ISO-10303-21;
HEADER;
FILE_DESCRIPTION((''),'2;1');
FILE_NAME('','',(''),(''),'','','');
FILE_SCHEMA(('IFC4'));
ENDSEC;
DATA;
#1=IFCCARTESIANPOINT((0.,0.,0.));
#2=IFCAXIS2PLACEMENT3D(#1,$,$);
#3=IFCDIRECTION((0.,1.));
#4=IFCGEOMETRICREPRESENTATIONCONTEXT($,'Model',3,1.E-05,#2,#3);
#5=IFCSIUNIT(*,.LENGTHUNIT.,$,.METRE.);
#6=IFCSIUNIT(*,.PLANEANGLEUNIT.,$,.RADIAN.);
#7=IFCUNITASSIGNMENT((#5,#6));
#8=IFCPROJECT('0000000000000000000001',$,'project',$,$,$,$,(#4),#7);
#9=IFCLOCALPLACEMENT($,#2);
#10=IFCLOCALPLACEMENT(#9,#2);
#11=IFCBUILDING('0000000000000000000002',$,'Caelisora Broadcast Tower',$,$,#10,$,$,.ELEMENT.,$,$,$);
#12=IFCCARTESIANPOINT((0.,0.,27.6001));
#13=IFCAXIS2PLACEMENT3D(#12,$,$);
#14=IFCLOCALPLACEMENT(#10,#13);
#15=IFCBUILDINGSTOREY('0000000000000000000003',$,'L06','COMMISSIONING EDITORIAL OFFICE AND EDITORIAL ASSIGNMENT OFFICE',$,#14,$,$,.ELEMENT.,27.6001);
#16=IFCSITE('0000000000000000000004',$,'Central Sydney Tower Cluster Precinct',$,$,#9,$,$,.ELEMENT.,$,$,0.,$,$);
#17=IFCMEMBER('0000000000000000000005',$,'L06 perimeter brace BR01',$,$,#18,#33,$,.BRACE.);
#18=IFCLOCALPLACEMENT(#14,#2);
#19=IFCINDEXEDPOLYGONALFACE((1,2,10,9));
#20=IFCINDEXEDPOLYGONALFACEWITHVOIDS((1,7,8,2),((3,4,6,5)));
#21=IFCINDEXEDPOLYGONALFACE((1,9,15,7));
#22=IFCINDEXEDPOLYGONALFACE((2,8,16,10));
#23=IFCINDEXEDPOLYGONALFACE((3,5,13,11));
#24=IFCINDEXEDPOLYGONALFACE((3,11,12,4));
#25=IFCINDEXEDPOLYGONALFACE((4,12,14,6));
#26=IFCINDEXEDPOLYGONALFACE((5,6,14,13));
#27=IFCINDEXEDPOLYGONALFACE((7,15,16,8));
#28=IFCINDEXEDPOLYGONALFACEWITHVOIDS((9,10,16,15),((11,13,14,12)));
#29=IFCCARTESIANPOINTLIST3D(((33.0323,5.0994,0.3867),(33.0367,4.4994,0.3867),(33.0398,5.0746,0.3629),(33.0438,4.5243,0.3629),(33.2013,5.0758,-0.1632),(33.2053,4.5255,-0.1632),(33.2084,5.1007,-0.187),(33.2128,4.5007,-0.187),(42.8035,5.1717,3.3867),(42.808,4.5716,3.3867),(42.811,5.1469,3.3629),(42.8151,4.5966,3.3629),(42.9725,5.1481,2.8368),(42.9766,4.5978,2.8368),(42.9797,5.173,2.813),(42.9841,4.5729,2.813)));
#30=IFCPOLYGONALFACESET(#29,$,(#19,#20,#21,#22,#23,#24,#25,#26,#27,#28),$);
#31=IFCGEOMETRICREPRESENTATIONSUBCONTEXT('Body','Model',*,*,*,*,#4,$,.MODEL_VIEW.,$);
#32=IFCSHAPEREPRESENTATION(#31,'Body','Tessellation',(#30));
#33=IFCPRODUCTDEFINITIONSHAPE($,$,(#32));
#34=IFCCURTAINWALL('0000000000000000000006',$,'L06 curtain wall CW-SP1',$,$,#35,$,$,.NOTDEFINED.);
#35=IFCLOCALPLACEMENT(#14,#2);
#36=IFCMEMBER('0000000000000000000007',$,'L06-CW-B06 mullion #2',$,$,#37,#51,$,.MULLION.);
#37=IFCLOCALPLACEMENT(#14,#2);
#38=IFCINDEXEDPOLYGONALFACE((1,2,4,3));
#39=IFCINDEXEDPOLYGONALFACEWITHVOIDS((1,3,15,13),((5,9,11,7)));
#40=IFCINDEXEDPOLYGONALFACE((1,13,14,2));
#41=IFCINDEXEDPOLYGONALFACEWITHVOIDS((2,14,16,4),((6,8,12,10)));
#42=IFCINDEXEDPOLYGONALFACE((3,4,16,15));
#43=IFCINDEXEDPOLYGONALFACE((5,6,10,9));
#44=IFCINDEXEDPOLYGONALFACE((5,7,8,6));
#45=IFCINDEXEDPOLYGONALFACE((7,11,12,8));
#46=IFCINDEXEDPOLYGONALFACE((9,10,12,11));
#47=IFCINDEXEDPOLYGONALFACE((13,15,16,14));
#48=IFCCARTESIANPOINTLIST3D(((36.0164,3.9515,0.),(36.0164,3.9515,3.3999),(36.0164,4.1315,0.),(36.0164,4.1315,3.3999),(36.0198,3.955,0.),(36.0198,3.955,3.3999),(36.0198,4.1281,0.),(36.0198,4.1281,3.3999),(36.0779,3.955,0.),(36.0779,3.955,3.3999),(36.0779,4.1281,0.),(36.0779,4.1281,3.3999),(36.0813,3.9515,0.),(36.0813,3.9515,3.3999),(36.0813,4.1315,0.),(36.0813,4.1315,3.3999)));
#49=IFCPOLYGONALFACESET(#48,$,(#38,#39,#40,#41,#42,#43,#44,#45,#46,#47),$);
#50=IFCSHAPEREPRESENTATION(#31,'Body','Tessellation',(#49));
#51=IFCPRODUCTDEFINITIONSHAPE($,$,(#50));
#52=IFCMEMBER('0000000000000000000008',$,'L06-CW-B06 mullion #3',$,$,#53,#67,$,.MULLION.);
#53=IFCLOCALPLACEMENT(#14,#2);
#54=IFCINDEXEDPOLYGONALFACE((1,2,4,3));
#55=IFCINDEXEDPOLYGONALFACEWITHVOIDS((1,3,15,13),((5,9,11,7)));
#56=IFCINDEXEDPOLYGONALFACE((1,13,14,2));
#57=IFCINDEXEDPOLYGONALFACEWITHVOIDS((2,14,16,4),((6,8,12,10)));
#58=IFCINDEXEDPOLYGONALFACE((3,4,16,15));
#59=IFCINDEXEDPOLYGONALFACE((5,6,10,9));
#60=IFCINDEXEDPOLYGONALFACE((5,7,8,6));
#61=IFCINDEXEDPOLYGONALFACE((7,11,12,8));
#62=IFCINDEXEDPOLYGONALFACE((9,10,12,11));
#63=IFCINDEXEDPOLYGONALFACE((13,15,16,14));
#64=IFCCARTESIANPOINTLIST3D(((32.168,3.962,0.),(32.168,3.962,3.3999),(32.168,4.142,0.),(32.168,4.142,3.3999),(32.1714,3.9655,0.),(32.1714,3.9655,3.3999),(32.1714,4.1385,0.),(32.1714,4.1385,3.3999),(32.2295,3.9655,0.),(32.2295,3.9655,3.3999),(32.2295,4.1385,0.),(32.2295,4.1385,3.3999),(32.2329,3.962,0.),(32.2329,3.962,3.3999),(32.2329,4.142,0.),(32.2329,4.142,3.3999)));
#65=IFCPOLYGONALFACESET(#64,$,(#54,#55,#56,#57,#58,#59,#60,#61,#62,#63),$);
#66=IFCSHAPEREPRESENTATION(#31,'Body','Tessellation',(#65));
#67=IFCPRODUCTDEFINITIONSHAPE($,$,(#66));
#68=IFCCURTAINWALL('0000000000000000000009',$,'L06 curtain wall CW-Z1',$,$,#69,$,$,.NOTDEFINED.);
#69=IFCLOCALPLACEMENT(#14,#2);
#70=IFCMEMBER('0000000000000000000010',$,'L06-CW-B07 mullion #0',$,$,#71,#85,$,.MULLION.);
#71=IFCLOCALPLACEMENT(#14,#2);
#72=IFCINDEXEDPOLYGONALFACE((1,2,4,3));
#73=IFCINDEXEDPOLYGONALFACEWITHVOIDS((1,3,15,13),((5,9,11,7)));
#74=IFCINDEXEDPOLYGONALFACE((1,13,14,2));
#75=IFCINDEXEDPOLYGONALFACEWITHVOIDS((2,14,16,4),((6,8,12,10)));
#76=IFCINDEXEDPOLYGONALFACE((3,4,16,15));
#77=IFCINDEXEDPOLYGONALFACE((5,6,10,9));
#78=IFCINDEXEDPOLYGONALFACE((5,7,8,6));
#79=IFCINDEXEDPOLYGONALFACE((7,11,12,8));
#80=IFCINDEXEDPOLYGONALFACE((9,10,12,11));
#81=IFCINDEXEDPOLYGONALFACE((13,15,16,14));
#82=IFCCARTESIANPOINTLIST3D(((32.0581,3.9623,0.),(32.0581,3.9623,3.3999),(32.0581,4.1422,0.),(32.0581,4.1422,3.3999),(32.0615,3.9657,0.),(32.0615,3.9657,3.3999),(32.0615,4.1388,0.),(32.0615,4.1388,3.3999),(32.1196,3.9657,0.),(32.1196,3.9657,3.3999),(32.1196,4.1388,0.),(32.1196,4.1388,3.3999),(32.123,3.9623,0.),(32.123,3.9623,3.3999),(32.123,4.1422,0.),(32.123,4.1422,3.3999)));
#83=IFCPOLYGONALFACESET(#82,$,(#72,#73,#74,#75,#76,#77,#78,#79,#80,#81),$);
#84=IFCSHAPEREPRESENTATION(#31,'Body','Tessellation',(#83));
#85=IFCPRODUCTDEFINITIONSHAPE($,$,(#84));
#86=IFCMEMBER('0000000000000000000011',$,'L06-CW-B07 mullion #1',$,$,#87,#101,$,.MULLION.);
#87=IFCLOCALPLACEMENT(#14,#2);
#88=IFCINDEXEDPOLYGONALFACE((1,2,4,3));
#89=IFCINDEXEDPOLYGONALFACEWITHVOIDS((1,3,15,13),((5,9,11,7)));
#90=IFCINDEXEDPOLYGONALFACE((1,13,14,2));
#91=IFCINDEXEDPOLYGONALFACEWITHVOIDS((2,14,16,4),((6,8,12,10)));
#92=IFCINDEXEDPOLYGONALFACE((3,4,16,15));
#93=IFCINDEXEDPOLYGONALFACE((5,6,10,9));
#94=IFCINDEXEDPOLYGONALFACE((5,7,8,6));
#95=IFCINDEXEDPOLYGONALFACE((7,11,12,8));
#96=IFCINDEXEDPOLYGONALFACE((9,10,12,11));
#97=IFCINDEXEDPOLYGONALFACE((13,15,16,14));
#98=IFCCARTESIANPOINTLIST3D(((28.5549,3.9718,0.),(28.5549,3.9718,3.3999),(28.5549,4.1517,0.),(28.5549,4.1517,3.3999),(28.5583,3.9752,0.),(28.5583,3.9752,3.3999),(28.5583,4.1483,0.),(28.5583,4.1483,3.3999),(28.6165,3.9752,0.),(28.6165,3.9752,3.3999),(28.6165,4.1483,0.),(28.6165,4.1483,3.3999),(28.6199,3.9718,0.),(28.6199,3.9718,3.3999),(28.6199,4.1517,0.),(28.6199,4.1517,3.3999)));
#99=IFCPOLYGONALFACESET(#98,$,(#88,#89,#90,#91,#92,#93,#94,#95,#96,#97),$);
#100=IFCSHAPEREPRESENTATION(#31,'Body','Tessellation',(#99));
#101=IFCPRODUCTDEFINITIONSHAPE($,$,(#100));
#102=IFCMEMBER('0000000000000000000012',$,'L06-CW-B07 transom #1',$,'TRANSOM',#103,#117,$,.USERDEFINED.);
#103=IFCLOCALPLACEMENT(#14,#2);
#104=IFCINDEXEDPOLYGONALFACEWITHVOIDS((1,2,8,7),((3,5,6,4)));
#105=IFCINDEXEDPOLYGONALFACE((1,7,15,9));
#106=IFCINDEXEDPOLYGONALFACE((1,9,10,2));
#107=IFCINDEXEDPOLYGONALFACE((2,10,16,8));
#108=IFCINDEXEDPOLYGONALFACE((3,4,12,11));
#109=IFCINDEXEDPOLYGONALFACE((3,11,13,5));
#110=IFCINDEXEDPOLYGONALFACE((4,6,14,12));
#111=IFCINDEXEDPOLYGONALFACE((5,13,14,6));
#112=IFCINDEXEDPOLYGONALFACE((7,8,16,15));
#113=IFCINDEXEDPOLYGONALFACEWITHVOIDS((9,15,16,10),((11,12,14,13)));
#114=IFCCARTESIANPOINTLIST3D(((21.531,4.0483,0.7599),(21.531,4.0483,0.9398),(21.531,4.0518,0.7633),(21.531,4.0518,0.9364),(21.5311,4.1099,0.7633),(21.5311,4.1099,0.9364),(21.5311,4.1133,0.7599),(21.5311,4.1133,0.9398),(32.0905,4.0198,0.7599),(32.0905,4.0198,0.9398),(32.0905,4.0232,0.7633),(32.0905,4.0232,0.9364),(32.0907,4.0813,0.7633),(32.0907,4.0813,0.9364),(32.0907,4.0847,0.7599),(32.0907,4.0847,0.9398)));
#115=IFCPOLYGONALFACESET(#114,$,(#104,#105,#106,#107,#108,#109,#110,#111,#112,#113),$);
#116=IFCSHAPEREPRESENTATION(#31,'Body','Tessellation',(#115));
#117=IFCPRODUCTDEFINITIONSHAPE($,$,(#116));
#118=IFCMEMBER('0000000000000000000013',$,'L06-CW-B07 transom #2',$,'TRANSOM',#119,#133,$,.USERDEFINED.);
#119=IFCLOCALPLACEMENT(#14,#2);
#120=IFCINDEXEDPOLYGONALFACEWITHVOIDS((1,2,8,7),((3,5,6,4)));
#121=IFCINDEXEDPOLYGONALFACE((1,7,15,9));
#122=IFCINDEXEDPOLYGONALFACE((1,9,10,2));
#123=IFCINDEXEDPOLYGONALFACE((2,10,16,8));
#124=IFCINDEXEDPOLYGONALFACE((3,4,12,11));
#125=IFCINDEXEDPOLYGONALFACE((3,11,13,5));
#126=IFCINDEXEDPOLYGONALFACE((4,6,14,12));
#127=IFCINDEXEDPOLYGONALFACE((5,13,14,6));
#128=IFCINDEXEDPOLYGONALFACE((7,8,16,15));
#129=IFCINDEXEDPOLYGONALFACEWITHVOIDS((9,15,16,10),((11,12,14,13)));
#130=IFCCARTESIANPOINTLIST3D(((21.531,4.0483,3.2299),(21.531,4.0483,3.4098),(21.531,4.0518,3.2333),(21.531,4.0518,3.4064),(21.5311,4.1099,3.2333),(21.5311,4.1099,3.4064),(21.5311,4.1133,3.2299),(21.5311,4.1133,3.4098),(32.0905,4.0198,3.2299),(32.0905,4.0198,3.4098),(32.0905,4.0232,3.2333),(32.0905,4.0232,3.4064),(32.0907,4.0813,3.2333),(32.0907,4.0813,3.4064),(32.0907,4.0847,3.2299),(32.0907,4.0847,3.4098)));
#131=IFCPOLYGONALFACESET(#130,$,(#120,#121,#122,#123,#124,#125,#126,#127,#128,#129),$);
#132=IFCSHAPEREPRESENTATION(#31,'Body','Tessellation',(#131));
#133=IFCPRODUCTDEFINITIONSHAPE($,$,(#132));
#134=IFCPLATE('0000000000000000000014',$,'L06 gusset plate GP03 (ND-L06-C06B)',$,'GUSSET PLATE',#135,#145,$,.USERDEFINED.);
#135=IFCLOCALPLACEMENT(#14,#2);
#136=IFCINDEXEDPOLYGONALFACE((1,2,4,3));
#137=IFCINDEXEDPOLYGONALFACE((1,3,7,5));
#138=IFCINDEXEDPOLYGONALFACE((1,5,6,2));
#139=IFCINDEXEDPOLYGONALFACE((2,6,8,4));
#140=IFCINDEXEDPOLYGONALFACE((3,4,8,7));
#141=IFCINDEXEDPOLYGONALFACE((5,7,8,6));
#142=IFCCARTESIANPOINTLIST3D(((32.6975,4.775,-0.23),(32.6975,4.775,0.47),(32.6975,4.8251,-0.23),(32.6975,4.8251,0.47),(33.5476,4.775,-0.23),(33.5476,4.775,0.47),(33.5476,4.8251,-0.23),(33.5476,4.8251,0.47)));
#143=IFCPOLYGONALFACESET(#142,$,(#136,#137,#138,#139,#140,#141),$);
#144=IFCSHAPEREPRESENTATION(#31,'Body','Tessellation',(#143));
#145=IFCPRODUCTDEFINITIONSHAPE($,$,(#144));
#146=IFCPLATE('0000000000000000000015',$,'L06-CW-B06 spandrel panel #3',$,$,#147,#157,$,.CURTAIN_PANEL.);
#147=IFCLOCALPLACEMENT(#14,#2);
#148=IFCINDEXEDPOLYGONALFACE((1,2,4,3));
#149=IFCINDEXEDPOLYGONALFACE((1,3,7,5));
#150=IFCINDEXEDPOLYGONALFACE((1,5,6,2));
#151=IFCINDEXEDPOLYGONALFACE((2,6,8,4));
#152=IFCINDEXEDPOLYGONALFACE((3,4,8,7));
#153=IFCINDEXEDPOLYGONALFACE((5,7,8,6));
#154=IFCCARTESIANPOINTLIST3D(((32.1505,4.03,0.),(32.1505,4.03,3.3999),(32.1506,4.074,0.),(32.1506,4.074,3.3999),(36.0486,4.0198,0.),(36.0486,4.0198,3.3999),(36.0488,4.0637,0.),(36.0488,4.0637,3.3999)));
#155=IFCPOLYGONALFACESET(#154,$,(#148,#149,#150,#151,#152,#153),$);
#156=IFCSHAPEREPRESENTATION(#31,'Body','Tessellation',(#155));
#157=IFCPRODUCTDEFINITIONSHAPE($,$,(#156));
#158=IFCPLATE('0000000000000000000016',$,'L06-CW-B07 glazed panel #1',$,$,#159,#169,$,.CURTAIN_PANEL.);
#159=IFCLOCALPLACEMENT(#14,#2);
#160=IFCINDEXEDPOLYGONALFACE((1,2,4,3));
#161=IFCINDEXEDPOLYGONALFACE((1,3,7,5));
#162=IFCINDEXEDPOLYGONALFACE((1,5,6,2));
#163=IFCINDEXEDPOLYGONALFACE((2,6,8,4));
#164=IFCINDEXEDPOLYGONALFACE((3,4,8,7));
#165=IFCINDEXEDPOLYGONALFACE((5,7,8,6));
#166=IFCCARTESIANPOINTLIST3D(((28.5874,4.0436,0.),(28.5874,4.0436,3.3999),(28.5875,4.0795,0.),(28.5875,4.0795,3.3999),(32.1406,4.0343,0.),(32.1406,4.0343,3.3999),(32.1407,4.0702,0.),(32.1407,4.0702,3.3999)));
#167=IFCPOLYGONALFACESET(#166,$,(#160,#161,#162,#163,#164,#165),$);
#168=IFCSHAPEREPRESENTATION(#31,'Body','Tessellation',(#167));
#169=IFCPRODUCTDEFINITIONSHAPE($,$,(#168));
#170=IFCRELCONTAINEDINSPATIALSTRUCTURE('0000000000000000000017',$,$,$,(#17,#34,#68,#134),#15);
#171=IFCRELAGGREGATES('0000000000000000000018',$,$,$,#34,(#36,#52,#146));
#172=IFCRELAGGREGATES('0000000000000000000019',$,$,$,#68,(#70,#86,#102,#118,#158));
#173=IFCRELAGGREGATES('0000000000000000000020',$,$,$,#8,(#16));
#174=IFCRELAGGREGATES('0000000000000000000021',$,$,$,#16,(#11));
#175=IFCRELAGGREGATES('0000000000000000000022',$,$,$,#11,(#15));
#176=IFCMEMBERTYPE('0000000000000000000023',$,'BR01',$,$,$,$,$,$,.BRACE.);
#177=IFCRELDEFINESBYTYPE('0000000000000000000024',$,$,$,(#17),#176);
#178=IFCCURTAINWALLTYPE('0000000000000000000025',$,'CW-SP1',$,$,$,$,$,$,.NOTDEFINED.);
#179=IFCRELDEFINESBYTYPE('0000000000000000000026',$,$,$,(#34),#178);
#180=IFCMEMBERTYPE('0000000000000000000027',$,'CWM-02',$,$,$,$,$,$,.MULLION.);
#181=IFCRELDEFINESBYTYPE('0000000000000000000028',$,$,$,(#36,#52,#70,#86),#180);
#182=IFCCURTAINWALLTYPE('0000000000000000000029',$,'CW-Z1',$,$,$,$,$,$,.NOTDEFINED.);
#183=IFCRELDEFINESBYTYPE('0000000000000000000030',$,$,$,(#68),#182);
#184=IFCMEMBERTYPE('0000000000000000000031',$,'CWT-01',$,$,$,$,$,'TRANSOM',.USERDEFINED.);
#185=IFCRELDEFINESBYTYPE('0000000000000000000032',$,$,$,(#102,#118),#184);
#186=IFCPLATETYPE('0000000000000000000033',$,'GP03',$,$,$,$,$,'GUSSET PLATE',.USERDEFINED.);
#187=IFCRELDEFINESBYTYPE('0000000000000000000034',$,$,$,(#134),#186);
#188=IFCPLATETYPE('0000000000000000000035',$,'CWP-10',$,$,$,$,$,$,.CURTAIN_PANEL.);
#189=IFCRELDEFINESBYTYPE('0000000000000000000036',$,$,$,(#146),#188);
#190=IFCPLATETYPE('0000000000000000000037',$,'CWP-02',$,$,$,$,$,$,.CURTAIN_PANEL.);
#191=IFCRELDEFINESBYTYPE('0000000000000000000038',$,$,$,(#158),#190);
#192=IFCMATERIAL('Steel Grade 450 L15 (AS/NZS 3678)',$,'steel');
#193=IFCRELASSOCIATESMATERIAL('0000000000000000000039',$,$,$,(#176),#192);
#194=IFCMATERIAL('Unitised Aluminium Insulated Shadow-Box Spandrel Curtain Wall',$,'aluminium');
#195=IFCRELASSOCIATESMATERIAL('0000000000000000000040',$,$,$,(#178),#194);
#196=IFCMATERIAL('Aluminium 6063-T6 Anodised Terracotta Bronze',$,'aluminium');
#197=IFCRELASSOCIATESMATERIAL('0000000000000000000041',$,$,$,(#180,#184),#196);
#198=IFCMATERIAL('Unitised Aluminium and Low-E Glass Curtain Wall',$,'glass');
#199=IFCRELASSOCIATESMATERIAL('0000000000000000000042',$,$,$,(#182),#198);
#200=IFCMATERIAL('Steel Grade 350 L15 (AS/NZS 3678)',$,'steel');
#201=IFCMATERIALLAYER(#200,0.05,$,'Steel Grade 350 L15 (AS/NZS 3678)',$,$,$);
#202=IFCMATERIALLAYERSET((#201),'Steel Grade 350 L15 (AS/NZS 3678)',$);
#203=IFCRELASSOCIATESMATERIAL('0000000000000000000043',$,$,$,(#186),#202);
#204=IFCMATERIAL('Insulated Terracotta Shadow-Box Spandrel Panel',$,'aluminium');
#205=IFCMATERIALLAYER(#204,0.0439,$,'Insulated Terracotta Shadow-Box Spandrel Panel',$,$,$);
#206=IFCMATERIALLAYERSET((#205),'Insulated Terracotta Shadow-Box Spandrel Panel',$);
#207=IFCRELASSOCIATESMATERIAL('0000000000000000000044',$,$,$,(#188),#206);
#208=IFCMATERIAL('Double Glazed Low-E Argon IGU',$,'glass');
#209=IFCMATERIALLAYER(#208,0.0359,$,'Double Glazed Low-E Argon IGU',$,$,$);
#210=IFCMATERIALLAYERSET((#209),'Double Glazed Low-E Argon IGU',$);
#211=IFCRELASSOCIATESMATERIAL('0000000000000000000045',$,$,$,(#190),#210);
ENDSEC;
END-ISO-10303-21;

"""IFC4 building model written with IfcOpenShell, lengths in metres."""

from ifc_helpers import new_model, si_unit, direction, frame, origin, origin_2d, place, context, subcontext, project, spatial, rectangle, hollow_rectangle, extrude, source, transform, mapped, material, layer, layer_set, material_profile, profile_set, type_object, type_shapes, element, aggregate, save


model = new_model("IFC4")

# Units and contexts
model_context = context("Model", 3, precision=1e-05, world=origin(), true_north=direction((0.0, 1.0)))
body_context = subcontext(model_context, "Body", "Model", "MODEL_VIEW")
ifc_project = project(units=[si_unit("LENGTHUNIT", "METRE"), si_unit("PLANEANGLEUNIT", "RADIAN")], contexts=[model_context])

# Site, building, storey
site_placement = place(None, origin())
site = spatial("IfcSite", under=ifc_project, at=site_placement, Name="Central Sydney Tower Cluster Precinct", CompositionType="ELEMENT", RefElevation=0.0)
building_placement = place(site_placement, origin())
building = spatial("IfcBuilding", under=site, at=building_placement, Name="Caelisora Broadcast Tower", CompositionType="ELEMENT")
storey_placement = place(building_placement, frame((0.0, 0.0, 27.6001)))
storey = spatial("IfcBuildingStorey", under=building, at=storey_placement, Name="L06", Description="COMMISSIONING EDITORIAL OFFICE AND EDITORIAL ASSIGNMENT OFFICE", CompositionType="ELEMENT", Elevation=27.6001)

# Shared definitions
ifc_material_1 = material(Name="Steel Grade 350 L15 (AS/NZS 3678)", Category="steel")

# Member
ifc_material_2 = material(Name="Steel Grade 450 L15 (AS/NZS 3678)", Category="steel")
ifc_material_profile_1 = material_profile(ifc_material_2, hollow_rectangle(XDim=0.6001, YDim=0.6001, WallThickness=0.0249, at=origin_2d()), Name="Steel Grade 450 L15 (AS/NZS 3678)")
ifc_profile_set_1 = profile_set([ifc_material_profile_1], Name="Steel Grade 450 L15 (AS/NZS 3678)")
member_type_1 = type_object("IfcMemberType", Name="BR01", PredefinedType="BRACE", material=ifc_profile_set_1)
shared_shape_1 = source(origin(), body_context, "Body", "SweptSolid", [
    extrude(hollow_rectangle(XDim=0.6001, YDim=0.6001, WallThickness=0.0249, at=origin_2d()), origin(), (0.0, 0.0, 1.0), 10.2217),
])
type_shapes(member_type_1, [shared_shape_1])
member_1_placement = place(storey_placement, frame((33.1226, 4.8, 0.0999), z_axis=(0.955935, 0.00707, 0.293494), x_axis=(-0.007396, 0.999973, 0.0)))
element("IfcMember", 1, at=member_1_placement, inside=storey, type_object=member_type_1, Name="L06 perimeter brace BR01", PredefinedType="BRACE", context=body_context, shape_type="MappedRepresentation", body=[
    mapped(shared_shape_1, transform((0.0, 0.0, 0.0), scale=1.0)),
])

# Curtain walls, members
ifc_material_3 = material(Name="Unitised Aluminium Insulated Shadow-Box Spandrel Curtain Wall", Category="aluminium")
curtain_wall_type_1 = type_object("IfcCurtainWallType", Name="CW-SP1", PredefinedType="NOTDEFINED", material=ifc_material_3)
curtain_wall_1_placement = place(storey_placement, origin())
curtain_wall_1 = element("IfcCurtainWall", 2, at=curtain_wall_1_placement, inside=storey, type_object=curtain_wall_type_1, Name="L06 curtain wall CW-SP1", PredefinedType="NOTDEFINED")
ifc_material_4 = material(Name="Aluminium 6063-T6 Anodised Terracotta Bronze", Category="aluminium")
ifc_material_profile_2 = material_profile(ifc_material_4, hollow_rectangle(XDim=0.0649, YDim=0.1799, WallThickness=0.0034, at=origin_2d()), Name="Aluminium 6063-T6 Anodised Terracotta Bronze")
ifc_profile_set_2 = profile_set([ifc_material_profile_2], Name="Aluminium 6063-T6 Anodised Terracotta Bronze")
member_type_2 = type_object("IfcMemberType", Name="CWM-02", PredefinedType="MULLION", material=ifc_profile_set_2)
shared_shape_2 = source(origin(), body_context, "Body", "SweptSolid", [
    extrude(hollow_rectangle(XDim=0.0649, YDim=0.1799, WallThickness=0.0034, at=origin_2d()), origin(), (0.0, 0.0, 1.0), 3.3999),
])
type_shapes(member_type_2, [shared_shape_2])
member_2_placement = place(storey_placement, frame((36.0488, 4.0415, 0.0), z_axis=(0.0, 0.0, 1.0), x_axis=(1.0, 0.0, 0.0)))
member_2 = element("IfcMember", 3, at=member_2_placement, type_object=member_type_2, Name="L06-CW-B06 mullion #2", PredefinedType="MULLION", context=body_context, shape_type="MappedRepresentation", body=[
    mapped(shared_shape_2, transform((0.0, 0.0, 0.0), scale=1.0)),
])
member_3_placement = place(storey_placement, frame((32.2004, 4.052, 0.0), z_axis=(0.0, 0.0, 1.0), x_axis=(1.0, 0.0, 0.0)))
member_3 = element("IfcMember", 4, at=member_3_placement, type_object=member_type_2, Name="L06-CW-B06 mullion #3", PredefinedType="MULLION", context=body_context, shape_type="MappedRepresentation", body=[
    mapped(shared_shape_2, transform((0.0, 0.0, 0.0), scale=1.0)),
])
ifc_material_5 = material(Name="Unitised Aluminium and Low-E Glass Curtain Wall", Category="glass")
curtain_wall_type_2 = type_object("IfcCurtainWallType", Name="CW-Z1", PredefinedType="NOTDEFINED", material=ifc_material_5)
curtain_wall_2_placement = place(storey_placement, origin())
curtain_wall_2 = element("IfcCurtainWall", 5, at=curtain_wall_2_placement, inside=storey, type_object=curtain_wall_type_2, Name="L06 curtain wall CW-Z1", PredefinedType="NOTDEFINED")
member_4_placement = place(storey_placement, frame((32.0906, 4.0522, 0.0), z_axis=(0.0, 0.0, 1.0), x_axis=(1.0, 0.0, 0.0)))
member_4 = element("IfcMember", 6, at=member_4_placement, type_object=member_type_2, Name="L06-CW-B07 mullion #0", PredefinedType="MULLION", context=body_context, shape_type="MappedRepresentation", body=[
    mapped(shared_shape_2, transform((0.0, 0.0, 0.0), scale=1.0)),
])
member_5_placement = place(storey_placement, frame((28.5874, 4.0618, 0.0), z_axis=(0.0, 0.0, 1.0), x_axis=(1.0, 0.0, 0.0)))
member_5 = element("IfcMember", 7, at=member_5_placement, type_object=member_type_2, Name="L06-CW-B07 mullion #1", PredefinedType="MULLION", context=body_context, shape_type="MappedRepresentation", body=[
    mapped(shared_shape_2, transform((0.0, 0.0, 0.0), scale=1.0)),
])
ifc_material_profile_3 = material_profile(ifc_material_4, hollow_rectangle(XDim=0.0649, YDim=0.1799, WallThickness=0.0034, at=origin_2d()), Name="Aluminium 6063-T6 Anodised Terracotta Bronze")
ifc_profile_set_3 = profile_set([ifc_material_profile_3], Name="Aluminium 6063-T6 Anodised Terracotta Bronze")
member_type_3 = type_object("IfcMemberType", Name="CWT-01", ElementType="TRANSOM", PredefinedType="USERDEFINED", material=ifc_profile_set_3)
shared_shape_3 = source(origin(), body_context, "Body", "SweptSolid", [
    extrude(hollow_rectangle(XDim=0.0649, YDim=0.1799, WallThickness=0.0034, at=origin_2d()), origin(), (0.0, 0.0, 1.0), 10.5596),
])
type_shapes(member_type_3, [shared_shape_3])
member_6_placement = place(storey_placement, frame((32.0906, 4.0522, 0.8499), z_axis=(-0.999996, 0.002705, 0.0), x_axis=(-0.002705, -0.999996, 0.0)))
member_6 = element("IfcMember", 8, at=member_6_placement, type_object=member_type_3, Name="L06-CW-B07 transom #1", ObjectType="TRANSOM", PredefinedType="USERDEFINED", context=body_context, shape_type="MappedRepresentation", body=[
    mapped(shared_shape_3, transform((0.0, 0.0, 0.0), scale=1.0)),
])
member_7_placement = place(storey_placement, frame((32.0906, 4.0522, 3.3198), z_axis=(-0.999996, 0.002705, 0.0), x_axis=(-0.002705, -0.999996, 0.0)))
member_7 = element("IfcMember", 9, at=member_7_placement, type_object=member_type_3, Name="L06-CW-B07 transom #2", ObjectType="TRANSOM", PredefinedType="USERDEFINED", context=body_context, shape_type="MappedRepresentation", body=[
    mapped(shared_shape_3, transform((0.0, 0.0, 0.0), scale=1.0)),
])

# Plates
ifc_layer_1 = layer(ifc_material_1, 0.05, Name="Steel Grade 350 L15 (AS/NZS 3678)")
ifc_layer_set_1 = layer_set([ifc_layer_1], Name="Steel Grade 350 L15 (AS/NZS 3678)")
plate_type_1 = type_object("IfcPlateType", Name="GP03", ElementType="GUSSET PLATE", PredefinedType="USERDEFINED", material=ifc_layer_set_1)
shared_shape_4 = source(origin(), body_context, "Body", "SweptSolid", [
    extrude(rectangle(XDim=0.8501, YDim=0.05, at=origin_2d()), origin(), (0.0, 0.0, 1.0), 0.7),
])
type_shapes(plate_type_1, [shared_shape_4])
plate_1_placement = place(storey_placement, frame((33.1226, 4.8, -0.23), z_axis=(0.0, 0.0, 1.0), x_axis=(1.0, 0.0, 0.0)))
element("IfcPlate", 10, at=plate_1_placement, inside=storey, type_object=plate_type_1, Name="L06 gusset plate GP03 (ND-L06-C06B)", ObjectType="GUSSET PLATE", PredefinedType="USERDEFINED", context=body_context, shape_type="MappedRepresentation", body=[
    mapped(shared_shape_4, transform((0.0, 0.0, 0.0), scale=1.0)),
])
ifc_material_6 = material(Name="Insulated Terracotta Shadow-Box Spandrel Panel", Category="aluminium")
ifc_layer_2 = layer(ifc_material_6, 0.0439, Name="Insulated Terracotta Shadow-Box Spandrel Panel")
ifc_layer_set_2 = layer_set([ifc_layer_2], Name="Insulated Terracotta Shadow-Box Spandrel Panel")
plate_type_2 = type_object("IfcPlateType", Name="CWP-10", PredefinedType="CURTAIN_PANEL", material=ifc_layer_set_2)
shared_shape_5 = source(origin(), body_context, "Body", "SweptSolid", [
    extrude(rectangle(XDim=3.8982, YDim=0.0439, at=origin_2d()), origin(), (0.0, 0.0, 1.0), 3.3999),
])
type_shapes(plate_type_2, [shared_shape_5])
plate_2_placement = place(storey_placement, frame((34.0996, 4.0469, 0.0), z_axis=(0.0, 0.0, 1.0), x_axis=(-0.999997, 0.002618, 0.0)))
plate_2 = element("IfcPlate", 11, at=plate_2_placement, type_object=plate_type_2, Name="L06-CW-B06 spandrel panel #3", PredefinedType="CURTAIN_PANEL", context=body_context, shape_type="MappedRepresentation", body=[
    mapped(shared_shape_5, transform((0.0, 0.0, 0.0), scale=1.0)),
])
aggregate(curtain_wall_1, [member_2, member_3, plate_2])
ifc_material_7 = material(Name="Double Glazed Low-E Argon IGU", Category="glass")
ifc_layer_3 = layer(ifc_material_7, 0.0359, Name="Double Glazed Low-E Argon IGU")
ifc_layer_set_3 = layer_set([ifc_layer_3], Name="Double Glazed Low-E Argon IGU")
plate_type_3 = type_object("IfcPlateType", Name="CWP-02", PredefinedType="CURTAIN_PANEL", material=ifc_layer_set_3)
shared_shape_6 = source(origin(), body_context, "Body", "SweptSolid", [
    extrude(rectangle(XDim=3.5532, YDim=0.0359, at=origin_2d()), origin(), (0.0, 0.0, 1.0), 3.3999),
])
type_shapes(plate_type_3, [shared_shape_6])
plate_3_placement = place(storey_placement, frame((30.364, 4.0569, 0.0), z_axis=(0.0, 0.0, 1.0), x_axis=(-0.999997, 0.002618, 0.0)))
plate_3 = element("IfcPlate", 12, at=plate_3_placement, type_object=plate_type_3, Name="L06-CW-B07 glazed panel #1", PredefinedType="CURTAIN_PANEL", context=body_context, shape_type="MappedRepresentation", body=[
    mapped(shared_shape_6, transform((0.0, 0.0, 0.0), scale=1.0)),
])
aggregate(curtain_wall_2, [member_4, member_5, member_6, member_7, plate_3])

save(model, "model.ifc")
